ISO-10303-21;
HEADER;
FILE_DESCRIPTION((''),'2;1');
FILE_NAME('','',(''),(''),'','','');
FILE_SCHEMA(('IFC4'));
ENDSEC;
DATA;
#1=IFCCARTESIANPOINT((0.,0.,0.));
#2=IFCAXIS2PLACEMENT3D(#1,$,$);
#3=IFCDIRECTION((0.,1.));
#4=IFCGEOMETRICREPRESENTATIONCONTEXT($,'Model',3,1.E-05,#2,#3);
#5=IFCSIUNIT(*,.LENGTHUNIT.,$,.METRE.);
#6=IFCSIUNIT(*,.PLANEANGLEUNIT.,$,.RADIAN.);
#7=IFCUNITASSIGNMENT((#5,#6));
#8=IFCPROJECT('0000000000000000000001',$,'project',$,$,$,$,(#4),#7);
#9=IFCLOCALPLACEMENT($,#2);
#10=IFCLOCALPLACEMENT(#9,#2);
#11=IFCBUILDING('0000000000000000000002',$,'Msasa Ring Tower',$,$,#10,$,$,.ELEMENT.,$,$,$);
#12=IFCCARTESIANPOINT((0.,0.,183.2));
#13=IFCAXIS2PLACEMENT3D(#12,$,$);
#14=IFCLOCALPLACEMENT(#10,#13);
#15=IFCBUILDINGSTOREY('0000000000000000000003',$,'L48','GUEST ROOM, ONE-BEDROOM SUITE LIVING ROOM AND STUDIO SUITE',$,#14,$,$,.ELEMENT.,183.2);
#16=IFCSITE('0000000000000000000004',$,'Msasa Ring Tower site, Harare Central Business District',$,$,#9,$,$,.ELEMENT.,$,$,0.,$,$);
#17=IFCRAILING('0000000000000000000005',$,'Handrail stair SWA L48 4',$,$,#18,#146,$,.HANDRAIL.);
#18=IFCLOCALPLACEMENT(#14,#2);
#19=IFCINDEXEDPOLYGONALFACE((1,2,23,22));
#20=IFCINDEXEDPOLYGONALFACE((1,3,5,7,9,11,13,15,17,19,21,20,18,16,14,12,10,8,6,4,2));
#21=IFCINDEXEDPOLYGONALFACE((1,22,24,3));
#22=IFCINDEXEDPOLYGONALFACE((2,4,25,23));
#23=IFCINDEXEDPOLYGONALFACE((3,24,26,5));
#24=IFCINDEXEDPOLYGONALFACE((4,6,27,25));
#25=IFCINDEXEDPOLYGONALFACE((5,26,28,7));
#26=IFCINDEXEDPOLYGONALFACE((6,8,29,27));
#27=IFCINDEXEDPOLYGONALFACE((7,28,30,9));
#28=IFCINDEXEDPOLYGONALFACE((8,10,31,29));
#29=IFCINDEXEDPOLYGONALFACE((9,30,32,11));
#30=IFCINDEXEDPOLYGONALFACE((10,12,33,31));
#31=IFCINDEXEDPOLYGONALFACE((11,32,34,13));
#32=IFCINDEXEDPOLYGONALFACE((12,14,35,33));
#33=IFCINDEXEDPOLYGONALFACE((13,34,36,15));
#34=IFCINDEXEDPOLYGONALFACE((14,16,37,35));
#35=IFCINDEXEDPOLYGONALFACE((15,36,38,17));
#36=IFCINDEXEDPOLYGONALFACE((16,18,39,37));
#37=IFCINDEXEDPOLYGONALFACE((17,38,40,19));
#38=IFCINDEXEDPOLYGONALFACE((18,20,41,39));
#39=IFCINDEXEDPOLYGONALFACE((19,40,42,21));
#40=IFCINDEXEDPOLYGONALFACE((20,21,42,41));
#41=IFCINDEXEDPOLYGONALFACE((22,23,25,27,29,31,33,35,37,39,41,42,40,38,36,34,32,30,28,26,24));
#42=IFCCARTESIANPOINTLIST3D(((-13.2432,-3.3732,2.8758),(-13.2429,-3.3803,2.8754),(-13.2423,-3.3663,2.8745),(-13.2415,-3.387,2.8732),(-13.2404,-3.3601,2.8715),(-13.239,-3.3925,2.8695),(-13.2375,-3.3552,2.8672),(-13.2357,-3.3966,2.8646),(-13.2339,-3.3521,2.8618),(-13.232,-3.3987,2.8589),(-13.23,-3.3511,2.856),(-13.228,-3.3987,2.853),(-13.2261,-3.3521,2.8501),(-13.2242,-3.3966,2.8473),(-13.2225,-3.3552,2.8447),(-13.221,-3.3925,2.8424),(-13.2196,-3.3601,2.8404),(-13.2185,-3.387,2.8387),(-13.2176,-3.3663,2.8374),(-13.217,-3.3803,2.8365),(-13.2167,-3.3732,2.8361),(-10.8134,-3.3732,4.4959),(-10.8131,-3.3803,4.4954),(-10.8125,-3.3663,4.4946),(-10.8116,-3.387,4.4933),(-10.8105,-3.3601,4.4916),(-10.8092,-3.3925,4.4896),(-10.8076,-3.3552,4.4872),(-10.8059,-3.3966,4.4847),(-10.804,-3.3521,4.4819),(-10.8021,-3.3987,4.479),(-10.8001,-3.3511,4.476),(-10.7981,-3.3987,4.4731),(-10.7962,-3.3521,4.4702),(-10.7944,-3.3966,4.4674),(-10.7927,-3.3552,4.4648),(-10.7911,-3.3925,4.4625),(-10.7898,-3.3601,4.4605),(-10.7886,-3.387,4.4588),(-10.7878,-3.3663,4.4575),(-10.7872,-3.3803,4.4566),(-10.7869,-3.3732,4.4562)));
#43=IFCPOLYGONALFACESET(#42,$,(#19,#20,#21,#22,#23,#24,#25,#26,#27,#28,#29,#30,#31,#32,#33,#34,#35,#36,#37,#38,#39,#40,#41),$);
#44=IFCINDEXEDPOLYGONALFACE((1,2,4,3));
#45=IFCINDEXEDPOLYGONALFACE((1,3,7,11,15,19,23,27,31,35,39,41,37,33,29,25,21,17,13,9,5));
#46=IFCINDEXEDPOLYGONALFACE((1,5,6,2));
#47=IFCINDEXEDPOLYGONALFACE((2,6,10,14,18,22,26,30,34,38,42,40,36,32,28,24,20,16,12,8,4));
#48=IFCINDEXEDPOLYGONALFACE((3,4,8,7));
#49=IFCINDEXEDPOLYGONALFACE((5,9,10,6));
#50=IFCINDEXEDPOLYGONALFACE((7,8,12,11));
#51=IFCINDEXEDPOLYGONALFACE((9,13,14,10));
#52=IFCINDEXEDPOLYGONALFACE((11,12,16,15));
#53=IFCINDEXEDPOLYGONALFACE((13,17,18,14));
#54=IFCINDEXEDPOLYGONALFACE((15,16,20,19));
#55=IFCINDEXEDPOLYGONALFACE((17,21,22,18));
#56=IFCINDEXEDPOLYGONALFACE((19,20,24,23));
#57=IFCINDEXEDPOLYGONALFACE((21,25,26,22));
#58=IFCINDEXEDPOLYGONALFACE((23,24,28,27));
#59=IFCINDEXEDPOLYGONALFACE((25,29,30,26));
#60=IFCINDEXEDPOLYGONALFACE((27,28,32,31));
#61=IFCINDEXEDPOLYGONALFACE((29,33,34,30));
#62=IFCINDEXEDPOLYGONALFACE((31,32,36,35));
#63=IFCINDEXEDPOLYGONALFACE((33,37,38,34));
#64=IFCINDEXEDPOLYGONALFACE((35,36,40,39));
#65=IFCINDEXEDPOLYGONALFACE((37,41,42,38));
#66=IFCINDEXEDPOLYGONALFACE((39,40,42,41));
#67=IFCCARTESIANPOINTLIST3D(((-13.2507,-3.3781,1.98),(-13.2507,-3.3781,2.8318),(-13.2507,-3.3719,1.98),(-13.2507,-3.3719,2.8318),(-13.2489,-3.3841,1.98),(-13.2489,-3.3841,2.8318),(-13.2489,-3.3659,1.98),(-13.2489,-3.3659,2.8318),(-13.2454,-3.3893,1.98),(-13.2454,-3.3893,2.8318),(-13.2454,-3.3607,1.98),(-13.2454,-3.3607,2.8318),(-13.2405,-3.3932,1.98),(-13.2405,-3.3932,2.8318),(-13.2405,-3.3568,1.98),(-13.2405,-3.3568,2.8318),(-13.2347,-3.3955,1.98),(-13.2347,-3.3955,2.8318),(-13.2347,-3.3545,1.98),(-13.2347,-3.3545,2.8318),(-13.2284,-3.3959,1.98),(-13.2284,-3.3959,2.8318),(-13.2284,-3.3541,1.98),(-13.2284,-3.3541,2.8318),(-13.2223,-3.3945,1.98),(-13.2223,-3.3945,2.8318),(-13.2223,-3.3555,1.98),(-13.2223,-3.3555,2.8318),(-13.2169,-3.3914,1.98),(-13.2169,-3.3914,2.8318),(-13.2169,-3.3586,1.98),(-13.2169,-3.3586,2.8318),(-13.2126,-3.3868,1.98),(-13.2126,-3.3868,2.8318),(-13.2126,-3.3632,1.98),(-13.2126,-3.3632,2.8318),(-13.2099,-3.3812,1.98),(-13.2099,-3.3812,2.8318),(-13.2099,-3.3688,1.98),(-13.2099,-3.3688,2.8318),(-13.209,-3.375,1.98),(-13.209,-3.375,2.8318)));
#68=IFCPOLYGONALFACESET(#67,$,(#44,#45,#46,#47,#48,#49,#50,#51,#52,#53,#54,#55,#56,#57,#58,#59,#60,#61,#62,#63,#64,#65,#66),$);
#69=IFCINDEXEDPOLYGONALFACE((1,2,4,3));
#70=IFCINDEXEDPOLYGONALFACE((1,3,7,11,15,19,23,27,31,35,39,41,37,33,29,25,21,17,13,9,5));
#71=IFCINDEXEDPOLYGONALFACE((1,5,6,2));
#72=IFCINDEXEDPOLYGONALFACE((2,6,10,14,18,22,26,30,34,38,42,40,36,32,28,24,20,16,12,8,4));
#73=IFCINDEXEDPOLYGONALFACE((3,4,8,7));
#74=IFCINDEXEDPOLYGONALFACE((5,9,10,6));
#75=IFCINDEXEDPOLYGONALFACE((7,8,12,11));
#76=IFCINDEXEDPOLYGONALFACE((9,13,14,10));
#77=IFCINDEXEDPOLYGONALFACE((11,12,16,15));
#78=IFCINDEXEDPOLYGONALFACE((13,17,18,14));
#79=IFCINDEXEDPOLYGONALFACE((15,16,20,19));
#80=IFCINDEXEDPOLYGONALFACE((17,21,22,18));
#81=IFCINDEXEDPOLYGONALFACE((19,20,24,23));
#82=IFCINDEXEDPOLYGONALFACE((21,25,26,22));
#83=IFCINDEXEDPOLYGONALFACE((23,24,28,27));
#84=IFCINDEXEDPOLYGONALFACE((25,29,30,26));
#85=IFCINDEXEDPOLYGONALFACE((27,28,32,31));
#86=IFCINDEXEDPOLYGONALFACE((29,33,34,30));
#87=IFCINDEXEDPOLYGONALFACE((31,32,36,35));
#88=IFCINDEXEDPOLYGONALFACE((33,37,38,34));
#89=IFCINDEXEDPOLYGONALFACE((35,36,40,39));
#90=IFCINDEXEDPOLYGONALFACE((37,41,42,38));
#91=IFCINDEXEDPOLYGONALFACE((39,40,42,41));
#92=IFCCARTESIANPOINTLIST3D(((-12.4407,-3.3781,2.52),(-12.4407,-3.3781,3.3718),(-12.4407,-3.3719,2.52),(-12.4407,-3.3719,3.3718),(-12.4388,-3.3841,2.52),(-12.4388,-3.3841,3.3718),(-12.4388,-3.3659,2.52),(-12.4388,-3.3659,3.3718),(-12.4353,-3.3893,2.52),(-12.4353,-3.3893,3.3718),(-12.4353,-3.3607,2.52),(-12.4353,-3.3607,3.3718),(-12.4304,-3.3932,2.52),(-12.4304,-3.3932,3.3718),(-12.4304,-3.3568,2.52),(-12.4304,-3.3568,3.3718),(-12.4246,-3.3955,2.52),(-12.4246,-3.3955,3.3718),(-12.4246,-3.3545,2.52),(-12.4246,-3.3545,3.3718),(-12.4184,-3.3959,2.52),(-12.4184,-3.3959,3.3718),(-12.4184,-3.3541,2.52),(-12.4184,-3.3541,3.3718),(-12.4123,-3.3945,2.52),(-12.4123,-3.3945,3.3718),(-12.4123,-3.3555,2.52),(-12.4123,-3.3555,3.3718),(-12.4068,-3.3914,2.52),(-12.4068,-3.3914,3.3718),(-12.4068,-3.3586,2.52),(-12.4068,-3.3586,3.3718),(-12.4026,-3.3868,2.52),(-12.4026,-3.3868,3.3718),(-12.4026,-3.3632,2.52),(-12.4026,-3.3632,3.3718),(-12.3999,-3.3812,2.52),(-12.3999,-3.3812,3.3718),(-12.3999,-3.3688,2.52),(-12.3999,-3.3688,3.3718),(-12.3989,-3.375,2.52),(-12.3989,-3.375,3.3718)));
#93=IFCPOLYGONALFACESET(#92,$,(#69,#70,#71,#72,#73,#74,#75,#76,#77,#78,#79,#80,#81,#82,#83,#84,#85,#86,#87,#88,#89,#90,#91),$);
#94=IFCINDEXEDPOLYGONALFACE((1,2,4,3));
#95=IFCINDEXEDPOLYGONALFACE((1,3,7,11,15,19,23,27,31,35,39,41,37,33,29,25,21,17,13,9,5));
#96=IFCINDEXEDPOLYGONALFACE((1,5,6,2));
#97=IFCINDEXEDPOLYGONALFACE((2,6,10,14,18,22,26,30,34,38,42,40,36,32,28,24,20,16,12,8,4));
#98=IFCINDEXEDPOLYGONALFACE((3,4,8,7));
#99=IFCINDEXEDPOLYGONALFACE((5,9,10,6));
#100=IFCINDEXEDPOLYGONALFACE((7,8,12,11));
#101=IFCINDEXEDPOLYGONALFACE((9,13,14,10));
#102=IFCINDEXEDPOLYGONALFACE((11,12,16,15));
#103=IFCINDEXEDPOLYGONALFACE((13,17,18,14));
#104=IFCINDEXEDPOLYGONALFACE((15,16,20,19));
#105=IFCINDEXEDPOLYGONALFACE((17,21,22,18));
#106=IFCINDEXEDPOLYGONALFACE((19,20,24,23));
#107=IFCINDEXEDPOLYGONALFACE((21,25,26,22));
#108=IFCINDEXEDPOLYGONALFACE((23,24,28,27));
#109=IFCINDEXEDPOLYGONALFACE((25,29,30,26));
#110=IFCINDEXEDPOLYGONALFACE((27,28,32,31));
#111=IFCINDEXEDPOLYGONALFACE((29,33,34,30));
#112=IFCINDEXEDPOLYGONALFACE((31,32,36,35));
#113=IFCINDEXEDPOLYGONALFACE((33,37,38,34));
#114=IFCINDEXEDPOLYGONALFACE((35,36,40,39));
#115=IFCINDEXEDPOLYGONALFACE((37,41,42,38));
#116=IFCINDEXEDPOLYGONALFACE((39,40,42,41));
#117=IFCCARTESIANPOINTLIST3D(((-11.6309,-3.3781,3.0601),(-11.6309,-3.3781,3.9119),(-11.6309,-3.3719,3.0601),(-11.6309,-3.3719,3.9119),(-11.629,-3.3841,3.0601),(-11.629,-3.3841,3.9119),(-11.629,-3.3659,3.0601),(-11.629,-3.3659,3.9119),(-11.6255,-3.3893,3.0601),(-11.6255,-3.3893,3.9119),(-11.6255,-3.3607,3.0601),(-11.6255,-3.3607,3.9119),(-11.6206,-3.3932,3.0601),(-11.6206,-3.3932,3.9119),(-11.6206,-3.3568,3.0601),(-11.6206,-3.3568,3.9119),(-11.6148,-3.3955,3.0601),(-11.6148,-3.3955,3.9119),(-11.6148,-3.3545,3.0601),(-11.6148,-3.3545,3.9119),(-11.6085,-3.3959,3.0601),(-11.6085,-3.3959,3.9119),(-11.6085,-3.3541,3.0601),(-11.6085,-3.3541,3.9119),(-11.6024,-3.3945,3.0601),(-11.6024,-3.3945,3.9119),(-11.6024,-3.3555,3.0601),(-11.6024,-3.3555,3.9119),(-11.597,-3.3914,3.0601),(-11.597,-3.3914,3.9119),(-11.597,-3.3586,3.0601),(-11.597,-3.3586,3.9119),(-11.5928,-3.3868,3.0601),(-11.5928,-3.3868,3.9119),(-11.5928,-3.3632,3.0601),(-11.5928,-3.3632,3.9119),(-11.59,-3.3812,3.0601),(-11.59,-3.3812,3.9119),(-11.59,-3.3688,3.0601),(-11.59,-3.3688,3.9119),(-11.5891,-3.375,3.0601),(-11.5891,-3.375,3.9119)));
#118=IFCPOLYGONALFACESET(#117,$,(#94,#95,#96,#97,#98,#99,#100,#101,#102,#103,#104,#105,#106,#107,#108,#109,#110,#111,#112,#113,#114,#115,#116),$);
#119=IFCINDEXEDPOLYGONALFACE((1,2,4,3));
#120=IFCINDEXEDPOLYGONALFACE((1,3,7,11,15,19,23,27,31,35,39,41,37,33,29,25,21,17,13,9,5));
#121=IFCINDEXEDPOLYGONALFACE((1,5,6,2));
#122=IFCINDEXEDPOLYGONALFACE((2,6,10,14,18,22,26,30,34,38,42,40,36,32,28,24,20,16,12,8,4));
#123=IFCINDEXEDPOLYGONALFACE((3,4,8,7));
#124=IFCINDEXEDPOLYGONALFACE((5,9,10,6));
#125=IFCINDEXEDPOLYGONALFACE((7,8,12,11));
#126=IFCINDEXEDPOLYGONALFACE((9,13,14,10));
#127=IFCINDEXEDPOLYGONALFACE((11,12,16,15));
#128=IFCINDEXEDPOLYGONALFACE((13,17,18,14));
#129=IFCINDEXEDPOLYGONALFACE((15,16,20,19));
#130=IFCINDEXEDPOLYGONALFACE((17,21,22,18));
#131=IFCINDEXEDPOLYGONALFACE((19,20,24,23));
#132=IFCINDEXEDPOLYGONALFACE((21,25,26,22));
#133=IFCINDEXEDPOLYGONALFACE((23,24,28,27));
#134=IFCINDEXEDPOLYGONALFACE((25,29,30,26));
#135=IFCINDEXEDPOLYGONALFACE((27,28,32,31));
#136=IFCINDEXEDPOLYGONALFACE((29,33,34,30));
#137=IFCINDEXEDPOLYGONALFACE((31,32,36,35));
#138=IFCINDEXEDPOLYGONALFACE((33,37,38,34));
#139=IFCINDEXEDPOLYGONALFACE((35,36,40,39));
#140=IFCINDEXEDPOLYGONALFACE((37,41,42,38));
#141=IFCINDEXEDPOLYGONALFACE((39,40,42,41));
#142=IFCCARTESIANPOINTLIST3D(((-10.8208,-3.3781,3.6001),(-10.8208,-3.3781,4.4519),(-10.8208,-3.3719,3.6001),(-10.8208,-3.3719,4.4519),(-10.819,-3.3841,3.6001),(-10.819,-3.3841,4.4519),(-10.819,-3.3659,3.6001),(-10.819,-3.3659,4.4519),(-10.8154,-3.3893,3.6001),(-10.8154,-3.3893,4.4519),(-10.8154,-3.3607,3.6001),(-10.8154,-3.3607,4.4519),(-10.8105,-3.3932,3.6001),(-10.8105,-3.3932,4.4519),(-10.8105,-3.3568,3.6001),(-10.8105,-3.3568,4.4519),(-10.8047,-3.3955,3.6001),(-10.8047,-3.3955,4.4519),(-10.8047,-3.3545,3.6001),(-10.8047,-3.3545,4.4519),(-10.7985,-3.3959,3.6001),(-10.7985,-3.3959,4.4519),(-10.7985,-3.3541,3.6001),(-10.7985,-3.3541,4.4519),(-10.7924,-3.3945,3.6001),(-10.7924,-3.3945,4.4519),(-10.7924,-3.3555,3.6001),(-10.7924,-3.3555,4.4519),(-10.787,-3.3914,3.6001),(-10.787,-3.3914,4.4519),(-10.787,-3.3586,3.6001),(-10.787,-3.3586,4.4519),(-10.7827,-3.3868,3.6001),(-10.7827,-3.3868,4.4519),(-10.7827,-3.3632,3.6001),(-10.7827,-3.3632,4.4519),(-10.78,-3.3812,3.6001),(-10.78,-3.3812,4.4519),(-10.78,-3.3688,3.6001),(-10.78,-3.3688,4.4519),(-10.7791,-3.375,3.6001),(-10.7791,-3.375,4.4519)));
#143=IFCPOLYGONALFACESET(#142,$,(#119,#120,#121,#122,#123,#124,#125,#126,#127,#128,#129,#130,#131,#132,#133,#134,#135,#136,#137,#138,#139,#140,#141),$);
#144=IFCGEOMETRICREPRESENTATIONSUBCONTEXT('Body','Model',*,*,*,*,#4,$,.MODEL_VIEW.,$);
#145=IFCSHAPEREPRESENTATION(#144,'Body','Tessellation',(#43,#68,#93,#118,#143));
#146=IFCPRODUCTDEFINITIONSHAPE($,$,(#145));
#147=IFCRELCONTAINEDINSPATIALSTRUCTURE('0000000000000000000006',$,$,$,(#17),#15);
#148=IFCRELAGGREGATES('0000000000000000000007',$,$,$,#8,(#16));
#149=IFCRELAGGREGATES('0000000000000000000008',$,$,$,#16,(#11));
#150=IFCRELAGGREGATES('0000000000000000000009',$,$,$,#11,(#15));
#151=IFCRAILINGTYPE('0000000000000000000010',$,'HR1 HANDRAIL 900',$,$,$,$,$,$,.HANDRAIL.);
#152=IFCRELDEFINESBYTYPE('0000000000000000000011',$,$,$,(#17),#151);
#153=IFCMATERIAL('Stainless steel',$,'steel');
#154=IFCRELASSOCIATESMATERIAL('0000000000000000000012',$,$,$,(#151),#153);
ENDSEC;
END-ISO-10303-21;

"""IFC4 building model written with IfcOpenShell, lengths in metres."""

from ifc_helpers import new_model, si_unit, direction, frame, origin, origin_2d, place, context, subcontext, project, spatial, circle, extrude, material, type_object, element, save


model = new_model("IFC4")

# Units and contexts
model_context = context("Model", 3, precision=1e-05, world=origin(), true_north=direction((0.0, 1.0)))
body_context = subcontext(model_context, "Body", "Model", "MODEL_VIEW")
ifc_project = project(units=[si_unit("LENGTHUNIT", "METRE"), si_unit("PLANEANGLEUNIT", "RADIAN")], contexts=[model_context])

# Site, building, storey
site_placement = place(None, origin())
site = spatial("IfcSite", under=ifc_project, at=site_placement, Name="Msasa Ring Tower site, Harare Central Business District", CompositionType="ELEMENT", RefElevation=0.0)
building_placement = place(site_placement, origin())
building = spatial("IfcBuilding", under=site, at=building_placement, Name="Msasa Ring Tower", CompositionType="ELEMENT")
storey_placement = place(building_placement, frame((0.0, 0.0, 183.2)))
storey = spatial("IfcBuildingStorey", under=building, at=storey_placement, Name="L48", Description="GUEST ROOM, ONE-BEDROOM SUITE LIVING ROOM AND STUDIO SUITE", CompositionType="ELEMENT", Elevation=183.2)

# Railing
ifc_material_1 = material(Name="Stainless steel", Category="steel")
railing_type = type_object("IfcRailingType", Name="HR1 HANDRAIL 900", PredefinedType="HANDRAIL", material=ifc_material_1)
railing_placement = place(storey_placement, frame((-13.23, -3.375, 1.98)))
element("IfcRailing", 1, at=railing_placement, inside=storey, type_object=railing_type, Name="Handrail stair SWA L48 4", PredefinedType="HANDRAIL", context=body_context, shape_type="SweptSolid", body=[
    extrude(circle(Radius=0.0239, at=origin_2d()), frame((0.0, 0.0, 0.876), z_axis=(0.832025, 0.0, 0.554739), x_axis=(0.0, 1.0, 0.0)), (0.0, 0.0, 1.0), 2.9204),
    extrude(circle(Radius=0.021, at=origin_2d()), origin(), (0.0, 0.0, 1.0), 0.8518),
    extrude(circle(Radius=0.021, at=origin_2d()), frame((0.8101, 0.0, 0.54)), (0.0, 0.0, 1.0), 0.8518),
    extrude(circle(Radius=0.021, at=origin_2d()), frame((1.6199, 0.0, 1.0801)), (0.0, 0.0, 1.0), 0.8518),
    extrude(circle(Radius=0.021, at=origin_2d()), frame((2.4299, 0.0, 1.6201)), (0.0, 0.0, 1.0), 0.8518),
])

save(model, "model.ifc")
